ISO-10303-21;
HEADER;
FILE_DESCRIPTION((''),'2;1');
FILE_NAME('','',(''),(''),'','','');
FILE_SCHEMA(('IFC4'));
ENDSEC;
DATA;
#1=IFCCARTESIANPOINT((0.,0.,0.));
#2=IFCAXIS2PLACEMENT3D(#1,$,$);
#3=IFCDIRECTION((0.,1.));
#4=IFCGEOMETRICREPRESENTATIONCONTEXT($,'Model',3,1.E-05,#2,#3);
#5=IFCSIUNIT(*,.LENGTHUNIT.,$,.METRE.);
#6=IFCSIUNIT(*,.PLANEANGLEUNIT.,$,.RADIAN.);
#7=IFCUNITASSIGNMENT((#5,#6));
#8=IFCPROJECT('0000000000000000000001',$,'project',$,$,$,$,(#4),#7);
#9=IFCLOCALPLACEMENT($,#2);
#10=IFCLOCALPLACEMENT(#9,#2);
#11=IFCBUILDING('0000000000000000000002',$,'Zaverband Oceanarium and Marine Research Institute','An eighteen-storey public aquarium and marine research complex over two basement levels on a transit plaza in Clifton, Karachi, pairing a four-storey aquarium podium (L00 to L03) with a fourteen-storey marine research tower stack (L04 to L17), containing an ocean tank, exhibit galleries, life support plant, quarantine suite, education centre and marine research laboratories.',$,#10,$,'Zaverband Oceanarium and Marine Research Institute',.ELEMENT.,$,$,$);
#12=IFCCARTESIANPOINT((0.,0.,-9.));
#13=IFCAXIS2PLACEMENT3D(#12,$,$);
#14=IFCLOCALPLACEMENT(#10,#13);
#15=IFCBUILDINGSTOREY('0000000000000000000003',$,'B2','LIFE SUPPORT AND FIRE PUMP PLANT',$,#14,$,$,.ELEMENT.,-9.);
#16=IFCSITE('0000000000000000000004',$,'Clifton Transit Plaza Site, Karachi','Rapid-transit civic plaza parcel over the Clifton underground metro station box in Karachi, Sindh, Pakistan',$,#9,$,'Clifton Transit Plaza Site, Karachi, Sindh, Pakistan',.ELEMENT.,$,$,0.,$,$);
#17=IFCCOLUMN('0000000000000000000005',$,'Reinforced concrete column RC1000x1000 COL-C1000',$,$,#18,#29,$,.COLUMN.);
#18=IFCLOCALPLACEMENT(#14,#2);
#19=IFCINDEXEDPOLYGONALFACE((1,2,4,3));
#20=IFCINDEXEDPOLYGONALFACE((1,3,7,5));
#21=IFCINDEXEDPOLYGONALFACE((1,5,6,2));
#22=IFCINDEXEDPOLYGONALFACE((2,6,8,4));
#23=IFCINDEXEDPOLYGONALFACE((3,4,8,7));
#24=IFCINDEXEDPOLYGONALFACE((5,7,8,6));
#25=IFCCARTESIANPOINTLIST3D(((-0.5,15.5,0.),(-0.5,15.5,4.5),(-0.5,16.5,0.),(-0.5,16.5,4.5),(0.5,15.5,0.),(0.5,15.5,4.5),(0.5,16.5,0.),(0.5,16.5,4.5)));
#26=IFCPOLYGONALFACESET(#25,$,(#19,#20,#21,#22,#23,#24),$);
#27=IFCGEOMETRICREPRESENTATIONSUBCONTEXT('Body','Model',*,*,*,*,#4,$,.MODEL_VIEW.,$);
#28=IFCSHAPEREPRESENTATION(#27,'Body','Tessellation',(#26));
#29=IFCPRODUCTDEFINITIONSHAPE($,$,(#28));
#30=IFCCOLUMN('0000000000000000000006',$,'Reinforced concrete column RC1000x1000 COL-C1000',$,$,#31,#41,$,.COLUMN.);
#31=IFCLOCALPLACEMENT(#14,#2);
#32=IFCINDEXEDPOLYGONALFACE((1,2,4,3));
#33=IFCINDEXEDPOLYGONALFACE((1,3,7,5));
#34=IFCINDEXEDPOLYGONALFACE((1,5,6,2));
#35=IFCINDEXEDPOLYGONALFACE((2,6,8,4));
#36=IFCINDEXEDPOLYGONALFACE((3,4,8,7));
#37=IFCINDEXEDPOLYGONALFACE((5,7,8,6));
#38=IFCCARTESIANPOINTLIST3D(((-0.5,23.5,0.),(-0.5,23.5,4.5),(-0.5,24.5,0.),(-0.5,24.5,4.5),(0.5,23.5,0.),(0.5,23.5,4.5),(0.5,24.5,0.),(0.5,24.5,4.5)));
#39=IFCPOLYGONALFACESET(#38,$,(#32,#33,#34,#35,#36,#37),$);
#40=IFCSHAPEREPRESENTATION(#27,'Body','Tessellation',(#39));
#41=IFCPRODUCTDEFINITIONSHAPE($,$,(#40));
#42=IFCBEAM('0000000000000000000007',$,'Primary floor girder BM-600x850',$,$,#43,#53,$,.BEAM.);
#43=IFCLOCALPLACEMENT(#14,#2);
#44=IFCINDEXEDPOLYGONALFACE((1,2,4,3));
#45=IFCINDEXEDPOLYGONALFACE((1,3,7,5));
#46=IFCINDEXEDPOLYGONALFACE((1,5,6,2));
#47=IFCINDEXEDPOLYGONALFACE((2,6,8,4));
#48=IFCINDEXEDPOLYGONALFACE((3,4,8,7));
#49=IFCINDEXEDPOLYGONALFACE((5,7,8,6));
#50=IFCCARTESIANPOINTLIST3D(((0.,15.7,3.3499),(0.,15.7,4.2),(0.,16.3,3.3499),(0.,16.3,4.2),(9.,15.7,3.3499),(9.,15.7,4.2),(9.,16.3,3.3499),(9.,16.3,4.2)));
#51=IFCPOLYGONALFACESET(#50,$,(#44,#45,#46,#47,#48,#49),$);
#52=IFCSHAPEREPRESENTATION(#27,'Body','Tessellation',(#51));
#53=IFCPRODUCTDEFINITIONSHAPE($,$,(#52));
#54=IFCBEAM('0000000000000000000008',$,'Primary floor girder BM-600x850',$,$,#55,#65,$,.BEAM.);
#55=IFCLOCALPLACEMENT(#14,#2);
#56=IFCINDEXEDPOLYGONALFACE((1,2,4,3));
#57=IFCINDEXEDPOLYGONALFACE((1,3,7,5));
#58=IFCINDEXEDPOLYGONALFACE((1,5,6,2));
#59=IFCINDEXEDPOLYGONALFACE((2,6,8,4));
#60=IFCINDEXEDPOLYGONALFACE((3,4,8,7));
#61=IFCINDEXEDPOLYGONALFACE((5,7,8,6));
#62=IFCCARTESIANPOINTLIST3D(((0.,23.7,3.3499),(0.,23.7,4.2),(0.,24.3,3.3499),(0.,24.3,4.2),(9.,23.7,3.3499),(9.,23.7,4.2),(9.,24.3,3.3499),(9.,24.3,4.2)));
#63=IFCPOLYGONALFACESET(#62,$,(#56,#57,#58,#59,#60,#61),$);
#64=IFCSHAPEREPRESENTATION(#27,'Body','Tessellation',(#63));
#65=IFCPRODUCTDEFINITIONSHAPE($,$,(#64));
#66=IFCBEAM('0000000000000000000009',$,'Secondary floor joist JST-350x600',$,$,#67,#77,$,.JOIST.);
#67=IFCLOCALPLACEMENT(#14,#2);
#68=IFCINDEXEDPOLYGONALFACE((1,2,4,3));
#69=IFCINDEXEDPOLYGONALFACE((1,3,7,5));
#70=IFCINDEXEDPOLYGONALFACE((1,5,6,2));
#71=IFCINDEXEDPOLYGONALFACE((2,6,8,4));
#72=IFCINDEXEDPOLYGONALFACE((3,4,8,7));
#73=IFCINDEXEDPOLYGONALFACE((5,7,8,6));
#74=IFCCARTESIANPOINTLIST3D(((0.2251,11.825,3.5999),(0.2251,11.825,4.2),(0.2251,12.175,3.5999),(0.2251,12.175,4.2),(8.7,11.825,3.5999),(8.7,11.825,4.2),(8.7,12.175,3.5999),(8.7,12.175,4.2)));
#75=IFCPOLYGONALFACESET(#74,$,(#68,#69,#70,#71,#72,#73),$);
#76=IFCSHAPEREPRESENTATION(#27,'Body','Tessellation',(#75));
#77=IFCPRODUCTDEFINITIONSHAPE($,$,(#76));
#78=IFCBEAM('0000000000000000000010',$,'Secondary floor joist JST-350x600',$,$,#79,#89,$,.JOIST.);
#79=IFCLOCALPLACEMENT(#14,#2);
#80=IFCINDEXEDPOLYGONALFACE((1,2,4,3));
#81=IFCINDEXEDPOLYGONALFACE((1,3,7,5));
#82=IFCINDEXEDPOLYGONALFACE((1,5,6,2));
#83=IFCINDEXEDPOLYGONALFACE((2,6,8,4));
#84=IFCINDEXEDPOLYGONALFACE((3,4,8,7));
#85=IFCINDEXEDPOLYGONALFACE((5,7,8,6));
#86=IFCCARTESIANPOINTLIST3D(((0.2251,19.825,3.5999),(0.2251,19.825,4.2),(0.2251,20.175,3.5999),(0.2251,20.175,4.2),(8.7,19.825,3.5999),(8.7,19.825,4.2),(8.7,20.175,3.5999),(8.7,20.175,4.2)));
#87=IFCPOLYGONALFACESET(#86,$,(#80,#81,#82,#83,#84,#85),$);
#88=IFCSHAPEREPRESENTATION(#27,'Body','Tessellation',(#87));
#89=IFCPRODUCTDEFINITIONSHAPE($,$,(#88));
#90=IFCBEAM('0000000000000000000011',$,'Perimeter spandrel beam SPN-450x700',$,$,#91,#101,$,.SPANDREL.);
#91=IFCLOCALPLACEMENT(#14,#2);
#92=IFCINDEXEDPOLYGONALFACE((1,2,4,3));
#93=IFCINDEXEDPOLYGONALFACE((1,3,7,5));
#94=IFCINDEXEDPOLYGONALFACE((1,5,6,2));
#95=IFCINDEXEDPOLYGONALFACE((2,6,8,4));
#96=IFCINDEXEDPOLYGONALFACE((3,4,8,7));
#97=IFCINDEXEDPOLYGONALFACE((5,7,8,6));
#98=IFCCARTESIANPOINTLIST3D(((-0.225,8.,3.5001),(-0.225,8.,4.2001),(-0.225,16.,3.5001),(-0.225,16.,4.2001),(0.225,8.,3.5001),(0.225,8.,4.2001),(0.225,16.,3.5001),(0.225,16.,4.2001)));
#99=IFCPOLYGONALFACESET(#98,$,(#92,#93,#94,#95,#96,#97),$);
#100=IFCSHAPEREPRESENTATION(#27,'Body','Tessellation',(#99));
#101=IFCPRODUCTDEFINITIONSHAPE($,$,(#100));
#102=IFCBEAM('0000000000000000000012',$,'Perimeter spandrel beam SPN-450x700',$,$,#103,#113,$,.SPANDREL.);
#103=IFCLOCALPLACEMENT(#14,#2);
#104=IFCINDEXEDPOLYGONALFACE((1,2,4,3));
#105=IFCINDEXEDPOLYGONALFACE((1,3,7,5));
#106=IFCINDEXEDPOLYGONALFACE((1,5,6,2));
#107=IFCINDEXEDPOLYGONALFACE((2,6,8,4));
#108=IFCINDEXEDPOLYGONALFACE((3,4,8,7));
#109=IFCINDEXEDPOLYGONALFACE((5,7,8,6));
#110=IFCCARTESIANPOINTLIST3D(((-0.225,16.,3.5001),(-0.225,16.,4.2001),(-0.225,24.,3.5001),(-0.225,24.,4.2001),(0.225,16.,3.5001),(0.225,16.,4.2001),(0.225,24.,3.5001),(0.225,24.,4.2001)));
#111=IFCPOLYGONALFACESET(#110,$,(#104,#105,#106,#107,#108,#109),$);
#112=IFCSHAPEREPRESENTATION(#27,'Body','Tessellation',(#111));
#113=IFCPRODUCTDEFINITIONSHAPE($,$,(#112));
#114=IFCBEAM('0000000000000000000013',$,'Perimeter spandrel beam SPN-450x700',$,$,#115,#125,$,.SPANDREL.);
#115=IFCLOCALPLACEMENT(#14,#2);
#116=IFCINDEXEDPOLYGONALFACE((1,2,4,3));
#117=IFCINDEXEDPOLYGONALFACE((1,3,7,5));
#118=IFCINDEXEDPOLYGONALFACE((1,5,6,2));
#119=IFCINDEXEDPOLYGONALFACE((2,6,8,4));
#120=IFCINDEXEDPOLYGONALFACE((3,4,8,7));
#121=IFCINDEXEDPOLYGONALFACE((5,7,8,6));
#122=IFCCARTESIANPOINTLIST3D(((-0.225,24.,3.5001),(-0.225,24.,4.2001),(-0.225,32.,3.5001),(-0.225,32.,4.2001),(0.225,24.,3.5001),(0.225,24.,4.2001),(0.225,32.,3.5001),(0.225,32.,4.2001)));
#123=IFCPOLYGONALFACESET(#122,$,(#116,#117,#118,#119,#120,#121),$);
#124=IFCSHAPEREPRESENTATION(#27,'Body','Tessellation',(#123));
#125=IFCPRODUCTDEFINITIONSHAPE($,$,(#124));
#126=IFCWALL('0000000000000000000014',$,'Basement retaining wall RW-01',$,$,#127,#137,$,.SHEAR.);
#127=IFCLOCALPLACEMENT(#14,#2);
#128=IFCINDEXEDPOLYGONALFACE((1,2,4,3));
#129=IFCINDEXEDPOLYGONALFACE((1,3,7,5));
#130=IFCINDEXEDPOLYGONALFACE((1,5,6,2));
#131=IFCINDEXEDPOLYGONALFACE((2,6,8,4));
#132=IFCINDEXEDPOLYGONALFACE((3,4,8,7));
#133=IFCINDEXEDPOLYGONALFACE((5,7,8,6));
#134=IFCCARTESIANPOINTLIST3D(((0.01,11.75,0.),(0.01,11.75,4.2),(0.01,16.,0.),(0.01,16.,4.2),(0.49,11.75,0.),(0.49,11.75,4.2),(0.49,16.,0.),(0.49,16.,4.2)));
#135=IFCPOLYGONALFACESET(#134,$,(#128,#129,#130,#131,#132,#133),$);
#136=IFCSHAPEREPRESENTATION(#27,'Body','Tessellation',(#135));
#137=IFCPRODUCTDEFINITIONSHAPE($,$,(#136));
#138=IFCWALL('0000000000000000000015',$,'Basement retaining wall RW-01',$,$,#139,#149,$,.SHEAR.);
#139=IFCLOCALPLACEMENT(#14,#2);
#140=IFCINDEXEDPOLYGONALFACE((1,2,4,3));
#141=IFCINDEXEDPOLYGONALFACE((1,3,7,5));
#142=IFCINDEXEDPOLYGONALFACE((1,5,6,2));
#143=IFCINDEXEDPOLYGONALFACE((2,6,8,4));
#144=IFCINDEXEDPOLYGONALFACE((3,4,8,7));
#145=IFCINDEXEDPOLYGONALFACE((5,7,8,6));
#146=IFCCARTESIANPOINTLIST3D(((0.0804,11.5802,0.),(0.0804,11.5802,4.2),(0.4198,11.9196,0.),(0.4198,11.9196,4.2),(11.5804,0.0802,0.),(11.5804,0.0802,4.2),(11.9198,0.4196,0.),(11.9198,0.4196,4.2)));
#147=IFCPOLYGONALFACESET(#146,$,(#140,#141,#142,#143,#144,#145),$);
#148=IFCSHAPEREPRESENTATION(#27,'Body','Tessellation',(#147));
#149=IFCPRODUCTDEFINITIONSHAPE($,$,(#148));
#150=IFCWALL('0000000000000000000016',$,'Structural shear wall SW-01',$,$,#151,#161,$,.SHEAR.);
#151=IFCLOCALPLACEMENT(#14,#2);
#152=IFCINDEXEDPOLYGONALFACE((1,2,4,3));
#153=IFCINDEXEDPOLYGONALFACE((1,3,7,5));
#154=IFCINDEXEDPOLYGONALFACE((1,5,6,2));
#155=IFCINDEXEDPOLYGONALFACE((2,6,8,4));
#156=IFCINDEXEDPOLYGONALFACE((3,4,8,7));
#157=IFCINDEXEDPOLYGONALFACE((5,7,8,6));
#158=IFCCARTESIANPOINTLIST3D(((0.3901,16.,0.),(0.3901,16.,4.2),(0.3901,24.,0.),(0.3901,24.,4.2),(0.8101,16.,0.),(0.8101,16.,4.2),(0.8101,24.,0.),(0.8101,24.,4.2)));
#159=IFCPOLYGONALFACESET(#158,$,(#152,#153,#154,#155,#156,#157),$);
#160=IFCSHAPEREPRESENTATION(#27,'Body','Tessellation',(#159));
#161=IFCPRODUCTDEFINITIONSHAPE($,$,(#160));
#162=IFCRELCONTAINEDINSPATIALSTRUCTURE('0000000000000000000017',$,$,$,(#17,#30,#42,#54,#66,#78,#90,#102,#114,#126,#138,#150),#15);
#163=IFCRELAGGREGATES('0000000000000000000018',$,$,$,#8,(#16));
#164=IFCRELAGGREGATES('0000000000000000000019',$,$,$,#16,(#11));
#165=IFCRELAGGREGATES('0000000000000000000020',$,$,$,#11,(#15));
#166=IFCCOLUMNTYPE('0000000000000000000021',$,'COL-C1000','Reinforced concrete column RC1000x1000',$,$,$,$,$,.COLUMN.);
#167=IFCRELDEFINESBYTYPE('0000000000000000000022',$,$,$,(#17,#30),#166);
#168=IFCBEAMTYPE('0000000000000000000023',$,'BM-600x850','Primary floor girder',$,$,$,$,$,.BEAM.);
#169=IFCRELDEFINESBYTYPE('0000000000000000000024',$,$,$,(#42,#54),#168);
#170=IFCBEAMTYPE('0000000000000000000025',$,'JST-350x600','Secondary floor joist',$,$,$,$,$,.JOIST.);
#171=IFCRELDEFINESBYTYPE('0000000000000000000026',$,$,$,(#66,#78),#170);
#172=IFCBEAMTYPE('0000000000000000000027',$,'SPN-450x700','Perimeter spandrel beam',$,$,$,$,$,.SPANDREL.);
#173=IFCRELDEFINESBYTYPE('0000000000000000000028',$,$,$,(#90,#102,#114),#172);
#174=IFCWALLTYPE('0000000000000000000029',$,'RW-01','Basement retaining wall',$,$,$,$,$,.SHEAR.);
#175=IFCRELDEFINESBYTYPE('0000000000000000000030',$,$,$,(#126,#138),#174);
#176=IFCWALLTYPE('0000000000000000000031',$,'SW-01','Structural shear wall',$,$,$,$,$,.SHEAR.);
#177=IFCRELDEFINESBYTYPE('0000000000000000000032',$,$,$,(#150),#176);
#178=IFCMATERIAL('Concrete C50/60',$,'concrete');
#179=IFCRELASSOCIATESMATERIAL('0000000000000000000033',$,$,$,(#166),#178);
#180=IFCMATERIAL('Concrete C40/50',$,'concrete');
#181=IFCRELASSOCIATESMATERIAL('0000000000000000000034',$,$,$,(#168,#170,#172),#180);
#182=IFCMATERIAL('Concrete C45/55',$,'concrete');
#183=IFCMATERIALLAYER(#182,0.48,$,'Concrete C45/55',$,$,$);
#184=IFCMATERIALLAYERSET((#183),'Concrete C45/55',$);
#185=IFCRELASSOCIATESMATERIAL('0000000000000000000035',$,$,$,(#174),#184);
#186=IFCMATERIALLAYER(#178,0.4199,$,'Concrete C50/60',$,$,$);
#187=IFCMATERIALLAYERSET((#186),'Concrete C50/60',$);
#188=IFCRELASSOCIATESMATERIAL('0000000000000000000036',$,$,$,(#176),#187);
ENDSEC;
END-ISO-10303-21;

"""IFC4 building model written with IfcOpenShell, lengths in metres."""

from ifc_helpers import new_model, si_unit, direction, frame, frame_2d, origin, origin_2d, place, context, subcontext, project, spatial, rectangle, extrude, material, layer, layer_set, material_profile, profile_set, type_object, element, save


model = new_model("IFC4")

# Units and contexts
model_context = context("Model", 3, precision=1e-05, world=origin(), true_north=direction((0.0, 1.0)))
body_context = subcontext(model_context, "Body", "Model", "MODEL_VIEW")
ifc_project = project(units=[si_unit("LENGTHUNIT", "METRE"), si_unit("PLANEANGLEUNIT", "RADIAN")], contexts=[model_context])

# Site, building, storey
site_placement = place(None, origin())
site = spatial("IfcSite", under=ifc_project, at=site_placement, Name="Clifton Transit Plaza Site, Karachi", Description="Rapid-transit civic plaza parcel over the Clifton underground metro station box in Karachi, Sindh, Pakistan", LongName="Clifton Transit Plaza Site, Karachi, Sindh, Pakistan", CompositionType="ELEMENT", RefElevation=0.0)
building_placement = place(site_placement, origin())
building = spatial("IfcBuilding", under=site, at=building_placement, Name="Zaverband Oceanarium and Marine Research Institute", Description="An eighteen-storey public aquarium and marine research complex over two basement levels on a transit plaza in Clifton, Karachi, pairing a four-storey aquarium podium (L00 to L03) with a fourteen-storey marine research tower stack (L04 to L17), containing an ocean tank, exhibit galleries, life support plant, quarantine suite, education centre and marine research laboratories.", LongName="Zaverband Oceanarium and Marine Research Institute", CompositionType="ELEMENT")
storey_placement = place(building_placement, frame((0.0, 0.0, -9.0)))
storey = spatial("IfcBuildingStorey", under=building, at=storey_placement, Name="B2", Description="LIFE SUPPORT AND FIRE PUMP PLANT", CompositionType="ELEMENT", Elevation=-9.0)

# Shared definitions
ifc_material_1 = material(Name="Concrete C50/60", Category="concrete")

# Columns
ifc_material_profile_1 = material_profile(ifc_material_1, rectangle(XDim=1.0, YDim=1.0, at=origin_2d()), Name="RC1000x1000")
ifc_profile_set_1 = profile_set([ifc_material_profile_1], Name="Concrete C50/60")
column_type = type_object("IfcColumnType", Name="COL-C1000", Description="Reinforced concrete column RC1000x1000", PredefinedType="COLUMN", material=ifc_profile_set_1)
for number, where, z_axis, x_axis, name in (
    (1, (0.0, 16.0, 0.0), (0.0, 0.0, 1.0), (1.0, 0.0, 0.0), "Reinforced concrete column RC1000x1000 COL-C1000"),
    (2, (0.0, 24.0, 0.0), (0.0, 0.0, 1.0), (1.0, 0.0, 0.0), "Reinforced concrete column RC1000x1000 COL-C1000"),
):
    element("IfcColumn", number, at=place(storey_placement, frame(where, z_axis=z_axis, x_axis=x_axis)), inside=storey, type_object=column_type, Name=name, PredefinedType="COLUMN", context=body_context, shape_type="SweptSolid", body=[
        extrude(rectangle(XDim=1.0, YDim=1.0, at=origin_2d()), origin(), (0.0, 0.0, 1.0), 4.5),
    ])

# Beams
ifc_material_2 = material(Name="Concrete C40/50", Category="concrete")
ifc_material_profile_2 = material_profile(ifc_material_2, rectangle(XDim=0.6001, YDim=0.8501, at=origin_2d()), Name="RC600x850")
ifc_profile_set_2 = profile_set([ifc_material_profile_2], Name="Concrete C40/50")
beam_type_1 = type_object("IfcBeamType", Name="BM-600x850", Description="Primary floor girder", PredefinedType="BEAM", material=ifc_profile_set_2)
for number, where, z_axis, x_axis, name in (
    (3, (0.0, 16.0, 3.7749), (1.0, 0.0, 0.0), (0.0, 1.0, 0.0), "Primary floor girder BM-600x850"),
    (4, (0.0, 24.0, 3.7749), (1.0, 0.0, 0.0), (0.0, 1.0, 0.0), "Primary floor girder BM-600x850"),
):
    element("IfcBeam", number, at=place(storey_placement, frame(where, z_axis=z_axis, x_axis=x_axis)), inside=storey, type_object=beam_type_1, Name=name, PredefinedType="BEAM", context=body_context, shape_type="SweptSolid", body=[
        extrude(rectangle(XDim=0.6001, YDim=0.8501, at=origin_2d()), origin(), (0.0, 0.0, 1.0), 9.0),
    ])
ifc_material_profile_3 = material_profile(ifc_material_2, rectangle(XDim=0.3501, YDim=0.6001, at=origin_2d()), Name="RC350x600")
ifc_profile_set_3 = profile_set([ifc_material_profile_3], Name="Concrete C40/50")
beam_type_2 = type_object("IfcBeamType", Name="JST-350x600", Description="Secondary floor joist", PredefinedType="JOIST", material=ifc_profile_set_3)
for number, where, z_axis, x_axis, name in (
    (5, (0.2251, 12.0, 3.8999), (1.0, 0.0, 0.0), (0.0, 1.0, 0.0), "Secondary floor joist JST-350x600"),
    (6, (0.2251, 20.0, 3.8999), (1.0, 0.0, 0.0), (0.0, 1.0, 0.0), "Secondary floor joist JST-350x600"),
):
    element("IfcBeam", number, at=place(storey_placement, frame(where, z_axis=z_axis, x_axis=x_axis)), inside=storey, type_object=beam_type_2, Name=name, PredefinedType="JOIST", context=body_context, shape_type="SweptSolid", body=[
        extrude(rectangle(XDim=0.3501, YDim=0.6001, at=origin_2d()), origin(), (0.0, 0.0, 1.0), 8.4749),
    ])
ifc_material_profile_4 = material_profile(ifc_material_2, rectangle(XDim=0.45, YDim=0.7, at=origin_2d()), Name="RC450x700")
ifc_profile_set_4 = profile_set([ifc_material_profile_4], Name="Concrete C40/50")
beam_type_3 = type_object("IfcBeamType", Name="SPN-450x700", Description="Perimeter spandrel beam", PredefinedType="SPANDREL", material=ifc_profile_set_4)
for number, where, z_axis, x_axis, name in (
    (7, (0.0, 8.0, 3.8501), (0.0, 1.0, 0.0), (-1.0, 0.0, 0.0), "Perimeter spandrel beam SPN-450x700"),
    (8, (0.0, 16.0, 3.8501), (0.0, 1.0, 0.0), (-1.0, 0.0, 0.0), "Perimeter spandrel beam SPN-450x700"),
    (9, (0.0, 24.0, 3.8501), (0.0, 1.0, 0.0), (-1.0, 0.0, 0.0), "Perimeter spandrel beam SPN-450x700"),
):
    element("IfcBeam", number, at=place(storey_placement, frame(where, z_axis=z_axis, x_axis=x_axis)), inside=storey, type_object=beam_type_3, Name=name, PredefinedType="SPANDREL", context=body_context, shape_type="SweptSolid", body=[
        extrude(rectangle(XDim=0.45, YDim=0.7, at=origin_2d()), origin(), (0.0, 0.0, 1.0), 8.0),
    ])

# Walls
ifc_material_3 = material(Name="Concrete C45/55", Category="concrete")
ifc_layer_1 = layer(ifc_material_3, 0.48, Name="Concrete C45/55")
ifc_layer_set_1 = layer_set([ifc_layer_1], Name="Concrete C45/55")
wall_type_1 = type_object("IfcWallType", Name="RW-01", Description="Basement retaining wall", PredefinedType="SHEAR", material=ifc_layer_set_1)
wall_1_placement = place(storey_placement, frame((0.25, 16.0, 0.0), z_axis=(0.0, 0.0, 1.0), x_axis=(0.0, -1.0, 0.0)))
element("IfcWall", 10, at=wall_1_placement, inside=storey, type_object=wall_type_1, Name="Basement retaining wall RW-01", PredefinedType="SHEAR", context=body_context, shape_type="SweptSolid", body=[
    extrude(rectangle(XDim=4.25, YDim=0.48, at=frame_2d((2.125, 0.0))), origin(), (0.0, 0.0, 1.0), 4.2),
])
wall_2_placement = place(storey_placement, frame((0.25, 11.75, 0.0), z_axis=(0.0, 0.0, 1.0), x_axis=(0.707107, -0.707107, 0.0)))
element("IfcWall", 11, at=wall_2_placement, inside=storey, type_object=wall_type_1, Name="Basement retaining wall RW-01", PredefinedType="SHEAR", context=body_context, shape_type="SweptSolid", body=[
    extrude(rectangle(XDim=16.2634, YDim=0.48, at=frame_2d((8.1318, 0.0))), origin(), (0.0, 0.0, 1.0), 4.2),
])
ifc_layer_2 = layer(ifc_material_1, 0.4199, Name="Concrete C50/60")
ifc_layer_set_2 = layer_set([ifc_layer_2], Name="Concrete C50/60")
wall_type_2 = type_object("IfcWallType", Name="SW-01", Description="Structural shear wall", PredefinedType="SHEAR", material=ifc_layer_set_2)
wall_3_placement = place(storey_placement, frame((0.6001, 16.0, 0.0), z_axis=(0.0, 0.0, 1.0), x_axis=(0.0, 1.0, 0.0)))
element("IfcWall", 12, at=wall_3_placement, inside=storey, type_object=wall_type_2, Name="Structural shear wall SW-01", PredefinedType="SHEAR", context=body_context, shape_type="SweptSolid", body=[
    extrude(rectangle(XDim=8.0, YDim=0.4199, at=frame_2d((4.0, 0.0))), origin(), (0.0, 0.0, 1.0), 4.2),
])

save(model, "model.ifc")
